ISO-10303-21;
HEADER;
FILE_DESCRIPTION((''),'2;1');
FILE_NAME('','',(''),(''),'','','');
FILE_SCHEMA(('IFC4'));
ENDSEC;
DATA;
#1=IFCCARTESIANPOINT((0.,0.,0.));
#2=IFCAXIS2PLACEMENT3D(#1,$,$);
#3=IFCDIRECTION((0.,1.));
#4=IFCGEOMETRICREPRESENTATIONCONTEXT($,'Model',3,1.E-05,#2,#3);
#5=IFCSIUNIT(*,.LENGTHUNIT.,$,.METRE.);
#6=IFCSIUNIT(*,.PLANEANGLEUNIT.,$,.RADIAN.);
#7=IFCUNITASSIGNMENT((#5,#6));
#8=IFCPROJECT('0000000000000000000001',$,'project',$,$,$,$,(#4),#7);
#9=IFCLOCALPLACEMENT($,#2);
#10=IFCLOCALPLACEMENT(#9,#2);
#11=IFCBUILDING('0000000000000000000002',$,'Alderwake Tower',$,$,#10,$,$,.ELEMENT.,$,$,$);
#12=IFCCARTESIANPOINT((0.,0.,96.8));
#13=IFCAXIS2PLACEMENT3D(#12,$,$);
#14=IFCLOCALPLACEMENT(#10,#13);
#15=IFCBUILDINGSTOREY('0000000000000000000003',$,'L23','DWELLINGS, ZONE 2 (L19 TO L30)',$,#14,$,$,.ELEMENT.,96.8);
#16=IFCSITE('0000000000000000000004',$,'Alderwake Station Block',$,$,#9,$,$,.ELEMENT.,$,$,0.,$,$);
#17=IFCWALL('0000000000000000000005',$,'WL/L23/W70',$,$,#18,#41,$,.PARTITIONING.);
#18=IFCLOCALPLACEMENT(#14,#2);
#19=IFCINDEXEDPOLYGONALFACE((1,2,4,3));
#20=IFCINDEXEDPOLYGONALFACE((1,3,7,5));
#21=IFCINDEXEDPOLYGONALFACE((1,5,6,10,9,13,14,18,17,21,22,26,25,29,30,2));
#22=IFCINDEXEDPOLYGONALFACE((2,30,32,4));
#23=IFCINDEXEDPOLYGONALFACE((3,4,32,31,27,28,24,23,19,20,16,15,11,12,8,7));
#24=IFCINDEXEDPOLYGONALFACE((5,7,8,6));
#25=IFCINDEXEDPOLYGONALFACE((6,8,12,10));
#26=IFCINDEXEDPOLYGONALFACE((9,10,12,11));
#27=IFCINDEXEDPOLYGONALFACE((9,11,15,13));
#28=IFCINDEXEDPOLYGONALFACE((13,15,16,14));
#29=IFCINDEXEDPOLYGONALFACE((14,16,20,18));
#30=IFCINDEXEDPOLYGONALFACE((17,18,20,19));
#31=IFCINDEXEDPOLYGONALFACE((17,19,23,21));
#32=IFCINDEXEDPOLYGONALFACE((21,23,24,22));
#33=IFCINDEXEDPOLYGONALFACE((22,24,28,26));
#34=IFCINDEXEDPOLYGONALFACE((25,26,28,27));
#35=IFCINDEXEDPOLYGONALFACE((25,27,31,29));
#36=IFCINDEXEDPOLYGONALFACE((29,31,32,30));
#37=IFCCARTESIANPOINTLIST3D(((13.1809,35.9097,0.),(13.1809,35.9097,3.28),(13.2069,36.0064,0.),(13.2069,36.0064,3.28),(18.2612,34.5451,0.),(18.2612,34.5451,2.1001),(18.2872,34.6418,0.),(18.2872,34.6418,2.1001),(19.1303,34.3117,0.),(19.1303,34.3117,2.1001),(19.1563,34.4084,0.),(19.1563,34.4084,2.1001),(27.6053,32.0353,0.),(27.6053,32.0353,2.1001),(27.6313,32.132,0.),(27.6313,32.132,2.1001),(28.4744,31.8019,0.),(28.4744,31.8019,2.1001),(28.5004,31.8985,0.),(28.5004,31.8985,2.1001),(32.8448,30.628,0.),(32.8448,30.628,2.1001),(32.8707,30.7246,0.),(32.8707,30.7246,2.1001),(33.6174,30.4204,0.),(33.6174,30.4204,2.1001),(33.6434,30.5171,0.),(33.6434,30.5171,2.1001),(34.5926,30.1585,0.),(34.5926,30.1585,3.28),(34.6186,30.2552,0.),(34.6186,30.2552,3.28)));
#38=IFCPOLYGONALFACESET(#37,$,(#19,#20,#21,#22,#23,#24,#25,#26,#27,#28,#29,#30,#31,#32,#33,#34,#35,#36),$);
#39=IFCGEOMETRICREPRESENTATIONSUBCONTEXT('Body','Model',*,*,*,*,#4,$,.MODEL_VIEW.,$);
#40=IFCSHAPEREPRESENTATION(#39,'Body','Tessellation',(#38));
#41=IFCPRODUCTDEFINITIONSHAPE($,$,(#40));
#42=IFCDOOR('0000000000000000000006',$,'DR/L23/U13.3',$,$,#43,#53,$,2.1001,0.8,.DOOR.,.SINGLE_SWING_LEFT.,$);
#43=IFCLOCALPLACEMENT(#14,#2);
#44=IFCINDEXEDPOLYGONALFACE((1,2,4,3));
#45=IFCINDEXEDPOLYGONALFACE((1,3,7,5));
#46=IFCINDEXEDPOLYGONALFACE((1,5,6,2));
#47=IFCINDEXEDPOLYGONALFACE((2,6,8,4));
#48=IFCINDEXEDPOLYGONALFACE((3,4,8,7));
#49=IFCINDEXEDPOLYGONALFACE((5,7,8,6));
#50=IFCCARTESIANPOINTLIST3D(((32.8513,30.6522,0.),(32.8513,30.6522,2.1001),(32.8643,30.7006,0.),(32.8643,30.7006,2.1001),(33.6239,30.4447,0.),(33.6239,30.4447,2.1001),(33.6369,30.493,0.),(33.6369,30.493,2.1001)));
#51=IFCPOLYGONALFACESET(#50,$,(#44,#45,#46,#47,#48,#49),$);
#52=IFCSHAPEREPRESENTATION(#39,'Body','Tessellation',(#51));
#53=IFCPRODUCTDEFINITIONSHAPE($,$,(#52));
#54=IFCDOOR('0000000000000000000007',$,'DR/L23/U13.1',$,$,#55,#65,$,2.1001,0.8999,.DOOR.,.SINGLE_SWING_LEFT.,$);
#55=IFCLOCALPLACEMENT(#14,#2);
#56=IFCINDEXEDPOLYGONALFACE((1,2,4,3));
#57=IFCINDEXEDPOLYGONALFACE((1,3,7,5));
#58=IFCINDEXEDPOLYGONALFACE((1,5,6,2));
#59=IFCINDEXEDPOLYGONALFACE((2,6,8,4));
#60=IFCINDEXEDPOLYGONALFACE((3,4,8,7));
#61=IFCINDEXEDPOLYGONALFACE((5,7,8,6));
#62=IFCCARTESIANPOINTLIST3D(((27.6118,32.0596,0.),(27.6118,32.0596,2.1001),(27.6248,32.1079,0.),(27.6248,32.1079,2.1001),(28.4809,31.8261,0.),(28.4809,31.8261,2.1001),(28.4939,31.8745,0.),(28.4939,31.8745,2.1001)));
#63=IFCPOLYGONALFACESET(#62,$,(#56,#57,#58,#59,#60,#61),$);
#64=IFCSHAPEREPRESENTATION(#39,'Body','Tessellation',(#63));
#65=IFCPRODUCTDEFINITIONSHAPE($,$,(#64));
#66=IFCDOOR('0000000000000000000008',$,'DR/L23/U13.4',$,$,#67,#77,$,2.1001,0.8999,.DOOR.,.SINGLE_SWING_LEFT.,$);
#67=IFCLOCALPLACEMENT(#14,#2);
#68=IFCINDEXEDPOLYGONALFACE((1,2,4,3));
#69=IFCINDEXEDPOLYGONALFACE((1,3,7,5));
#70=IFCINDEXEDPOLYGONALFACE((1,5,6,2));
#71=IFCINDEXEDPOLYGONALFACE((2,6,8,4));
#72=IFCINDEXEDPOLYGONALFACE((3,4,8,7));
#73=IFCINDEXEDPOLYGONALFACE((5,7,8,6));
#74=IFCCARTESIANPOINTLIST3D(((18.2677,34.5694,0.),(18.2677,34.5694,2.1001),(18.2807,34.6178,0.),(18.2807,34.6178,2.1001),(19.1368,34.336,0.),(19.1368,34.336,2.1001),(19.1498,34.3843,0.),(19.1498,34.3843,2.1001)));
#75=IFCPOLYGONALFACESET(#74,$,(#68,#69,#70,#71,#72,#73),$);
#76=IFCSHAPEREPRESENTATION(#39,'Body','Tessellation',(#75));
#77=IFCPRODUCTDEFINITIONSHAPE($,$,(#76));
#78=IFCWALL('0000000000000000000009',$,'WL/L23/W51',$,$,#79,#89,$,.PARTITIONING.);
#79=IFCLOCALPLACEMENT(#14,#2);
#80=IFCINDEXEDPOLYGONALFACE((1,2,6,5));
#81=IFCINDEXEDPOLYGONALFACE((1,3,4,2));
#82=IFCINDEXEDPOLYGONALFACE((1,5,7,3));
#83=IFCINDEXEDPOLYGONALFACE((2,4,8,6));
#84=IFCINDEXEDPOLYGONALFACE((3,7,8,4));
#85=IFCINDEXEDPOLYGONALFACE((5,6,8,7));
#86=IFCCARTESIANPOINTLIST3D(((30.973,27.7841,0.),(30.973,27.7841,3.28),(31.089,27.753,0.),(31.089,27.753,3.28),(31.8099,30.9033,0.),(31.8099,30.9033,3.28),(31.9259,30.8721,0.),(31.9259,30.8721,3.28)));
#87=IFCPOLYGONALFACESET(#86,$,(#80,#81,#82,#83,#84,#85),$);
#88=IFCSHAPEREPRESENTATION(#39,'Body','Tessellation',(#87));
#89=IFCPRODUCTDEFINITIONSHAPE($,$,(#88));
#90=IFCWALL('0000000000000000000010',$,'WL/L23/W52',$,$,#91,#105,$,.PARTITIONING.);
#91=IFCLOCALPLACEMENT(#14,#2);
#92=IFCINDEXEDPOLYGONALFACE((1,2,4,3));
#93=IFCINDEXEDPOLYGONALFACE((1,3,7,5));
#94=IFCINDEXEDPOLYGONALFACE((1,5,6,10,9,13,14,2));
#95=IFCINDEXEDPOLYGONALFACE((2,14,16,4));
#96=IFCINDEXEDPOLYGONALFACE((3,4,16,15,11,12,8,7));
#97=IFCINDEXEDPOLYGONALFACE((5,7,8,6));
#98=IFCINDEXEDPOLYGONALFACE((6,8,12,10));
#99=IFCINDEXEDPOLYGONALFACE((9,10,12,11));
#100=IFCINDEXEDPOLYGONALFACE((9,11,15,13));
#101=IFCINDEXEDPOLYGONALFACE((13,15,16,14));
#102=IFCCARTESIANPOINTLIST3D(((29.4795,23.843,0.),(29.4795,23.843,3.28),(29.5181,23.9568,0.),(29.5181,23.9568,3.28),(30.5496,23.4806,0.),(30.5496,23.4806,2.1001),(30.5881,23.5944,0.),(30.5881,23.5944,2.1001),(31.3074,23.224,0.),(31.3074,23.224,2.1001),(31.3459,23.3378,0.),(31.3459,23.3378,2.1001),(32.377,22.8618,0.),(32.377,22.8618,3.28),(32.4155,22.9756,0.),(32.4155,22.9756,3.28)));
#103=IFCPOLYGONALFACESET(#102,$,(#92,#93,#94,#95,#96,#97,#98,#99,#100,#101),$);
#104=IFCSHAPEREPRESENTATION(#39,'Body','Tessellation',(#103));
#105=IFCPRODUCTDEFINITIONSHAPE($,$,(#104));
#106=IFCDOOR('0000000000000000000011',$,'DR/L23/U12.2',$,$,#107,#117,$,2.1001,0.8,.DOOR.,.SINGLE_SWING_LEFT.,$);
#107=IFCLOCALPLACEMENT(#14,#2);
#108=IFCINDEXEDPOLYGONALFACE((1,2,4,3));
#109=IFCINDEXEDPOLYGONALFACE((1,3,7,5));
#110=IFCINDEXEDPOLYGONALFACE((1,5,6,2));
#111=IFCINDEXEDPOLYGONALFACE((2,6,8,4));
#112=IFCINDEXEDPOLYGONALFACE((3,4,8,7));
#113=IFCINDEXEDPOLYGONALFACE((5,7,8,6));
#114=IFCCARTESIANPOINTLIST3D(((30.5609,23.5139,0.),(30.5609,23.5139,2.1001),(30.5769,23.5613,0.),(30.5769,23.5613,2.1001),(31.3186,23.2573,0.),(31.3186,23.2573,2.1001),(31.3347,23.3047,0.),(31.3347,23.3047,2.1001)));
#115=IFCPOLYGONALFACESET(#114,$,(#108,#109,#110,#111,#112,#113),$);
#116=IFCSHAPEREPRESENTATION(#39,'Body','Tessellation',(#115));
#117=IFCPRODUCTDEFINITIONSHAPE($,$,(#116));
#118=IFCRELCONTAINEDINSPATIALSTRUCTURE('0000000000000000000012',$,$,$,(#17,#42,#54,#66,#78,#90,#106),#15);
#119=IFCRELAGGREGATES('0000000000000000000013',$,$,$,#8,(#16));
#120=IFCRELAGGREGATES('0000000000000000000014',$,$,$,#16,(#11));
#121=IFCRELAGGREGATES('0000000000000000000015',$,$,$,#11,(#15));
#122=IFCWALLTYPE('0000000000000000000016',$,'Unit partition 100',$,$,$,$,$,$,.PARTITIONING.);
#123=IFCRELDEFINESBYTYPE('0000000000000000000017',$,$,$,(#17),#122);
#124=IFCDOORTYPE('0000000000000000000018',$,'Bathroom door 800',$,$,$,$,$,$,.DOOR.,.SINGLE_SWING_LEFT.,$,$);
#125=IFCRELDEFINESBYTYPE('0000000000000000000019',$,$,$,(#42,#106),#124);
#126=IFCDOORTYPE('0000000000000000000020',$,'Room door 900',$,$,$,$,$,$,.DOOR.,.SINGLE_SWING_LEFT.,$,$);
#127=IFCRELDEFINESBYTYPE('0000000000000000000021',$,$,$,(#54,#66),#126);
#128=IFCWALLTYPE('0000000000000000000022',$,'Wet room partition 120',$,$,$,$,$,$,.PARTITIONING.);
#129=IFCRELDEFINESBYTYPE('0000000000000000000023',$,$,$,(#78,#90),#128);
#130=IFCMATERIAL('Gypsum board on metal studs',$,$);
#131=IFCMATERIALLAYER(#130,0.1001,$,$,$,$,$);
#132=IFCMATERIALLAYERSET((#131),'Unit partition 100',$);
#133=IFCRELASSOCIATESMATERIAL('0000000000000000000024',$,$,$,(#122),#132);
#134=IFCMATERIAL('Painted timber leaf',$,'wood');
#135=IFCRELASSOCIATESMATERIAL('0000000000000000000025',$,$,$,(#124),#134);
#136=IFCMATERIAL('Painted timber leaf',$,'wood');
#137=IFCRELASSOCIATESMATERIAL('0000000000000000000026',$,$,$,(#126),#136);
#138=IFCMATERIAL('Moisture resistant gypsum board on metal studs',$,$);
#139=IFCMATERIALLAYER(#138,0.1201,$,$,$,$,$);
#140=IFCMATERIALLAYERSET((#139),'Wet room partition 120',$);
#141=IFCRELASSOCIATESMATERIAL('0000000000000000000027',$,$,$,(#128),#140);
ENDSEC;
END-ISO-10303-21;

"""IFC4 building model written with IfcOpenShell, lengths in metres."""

from ifc_helpers import new_model, si_unit, direction, frame, frame_2d, origin, place, context, subcontext, project, spatial, rectangle, extrude, material, layer, layer_set, type_object, element, fill, save


model = new_model("IFC4")

# Units and contexts
model_context = context("Model", 3, precision=1e-05, world=origin(), true_north=direction((0.0, 1.0)))
body_context = subcontext(model_context, "Body", "Model", "MODEL_VIEW")
ifc_project = project(units=[si_unit("LENGTHUNIT", "METRE"), si_unit("PLANEANGLEUNIT", "RADIAN")], contexts=[model_context])

# Site, building, storey
site_placement = place(None, origin())
site = spatial("IfcSite", under=ifc_project, at=site_placement, Name="Alderwake Station Block", CompositionType="ELEMENT", RefElevation=0.0)
building_placement = place(site_placement, origin())
building = spatial("IfcBuilding", under=site, at=building_placement, Name="Alderwake Tower", CompositionType="ELEMENT")
storey_placement = place(building_placement, frame((0.0, 0.0, 96.8)))
storey = spatial("IfcBuildingStorey", under=building, at=storey_placement, Name="L23", Description="DWELLINGS, ZONE 2 (L19 TO L30)", CompositionType="ELEMENT", Elevation=96.8)

# Wall, openings, doors
ifc_material_1 = material(Name="Gypsum board on metal studs")
ifc_layer_1 = layer(ifc_material_1, 0.1001)
ifc_layer_set_1 = layer_set([ifc_layer_1], Name="Unit partition 100")
wall_type_1 = type_object("IfcWallType", Name="Unit partition 100", PredefinedType="PARTITIONING", material=ifc_layer_set_1)
wall_1_placement = place(storey_placement, frame((34.6057, 30.2068, 0.0), z_axis=(0.0, 0.0, 1.0), x_axis=(-0.965768, 0.259408, 0.0)))
wall_1 = element("IfcWall", 1, at=wall_1_placement, inside=storey, type_object=wall_type_1, Name="WL/L23/W70", PredefinedType="PARTITIONING", context=body_context, shape_type="SweptSolid", body=[
    extrude(rectangle(XDim=22.1707, YDim=0.1001, at=frame_2d((11.0854, 0.0))), origin(), (0.0, 0.0, 1.0), 3.28),
])
opening_1_placement = place(wall_1_placement, frame((6.3352, 0.0, 0.0)))
opening_1 = element("IfcOpeningElement", 2, at=opening_1_placement, cuts=wall_1, PredefinedType="OPENING", context=body_context, shape_type="SweptSolid", body=[
    extrude(rectangle(XDim=0.8999, YDim=2.1001, at=frame_2d((0.45, 1.05))), frame((0.0, 0.0601, 0.0), z_axis=(0.0, -1.0, 0.0), x_axis=(1.0, 0.0, 0.0)), (0.0, 0.0, 1.0), 0.1201),
])
opening_2_placement = place(wall_1_placement, frame((1.01, 0.0, 0.0)))
opening_2 = element("IfcOpeningElement", 3, at=opening_2_placement, cuts=wall_1, PredefinedType="OPENING", context=body_context, shape_type="SweptSolid", body=[
    extrude(rectangle(XDim=0.8, YDim=2.1001, at=frame_2d((0.3999, 1.05))), frame((0.0, 0.0601, 0.0), z_axis=(0.0, -1.0, 0.0), x_axis=(1.0, 0.0, 0.0)), (0.0, 0.0, 1.0), 0.1201),
])
opening_3_placement = place(wall_1_placement, frame((16.0105, 0.0, 0.0)))
opening_3 = element("IfcOpeningElement", 4, at=opening_3_placement, cuts=wall_1, PredefinedType="OPENING", context=body_context, shape_type="SweptSolid", body=[
    extrude(rectangle(XDim=0.8999, YDim=2.1001, at=frame_2d((0.45, 1.05))), frame((0.0, 0.0601, 0.0), z_axis=(0.0, -1.0, 0.0), x_axis=(1.0, 0.0, 0.0)), (0.0, 0.0, 1.0), 0.1201),
])
ifc_material_2 = material(Name="Painted timber leaf", Category="wood")
door_type_1 = type_object("IfcDoorType", Name="Bathroom door 800", OperationType="SINGLE_SWING_LEFT", PredefinedType="DOOR", material=ifc_material_2)
door_1_placement = place(opening_2_placement, origin())
door_1 = element("IfcDoor", 5, at=door_1_placement, inside=storey, type_object=door_type_1, Name="DR/L23/U13.3", OperationType="SINGLE_SWING_LEFT", OverallHeight=2.1001, OverallWidth=0.8, PredefinedType="DOOR", context=body_context, shape_type="SweptSolid", body=[
    extrude(rectangle(XDim=0.8, YDim=2.1001, at=frame_2d((0.3999, 1.05))), frame((0.0, 0.0249, 0.0), z_axis=(0.0, -1.0, 0.0), x_axis=(1.0, 0.0, 0.0)), (0.0, 0.0, 1.0), 0.05),
])
fill(opening_2, door_1)
ifc_material_3 = material(Name="Painted timber leaf", Category="wood")
door_type_2 = type_object("IfcDoorType", Name="Room door 900", OperationType="SINGLE_SWING_LEFT", PredefinedType="DOOR", material=ifc_material_3)
door_2_placement = place(opening_1_placement, origin())
door_2 = element("IfcDoor", 6, at=door_2_placement, inside=storey, type_object=door_type_2, Name="DR/L23/U13.1", OperationType="SINGLE_SWING_LEFT", OverallHeight=2.1001, OverallWidth=0.8999, PredefinedType="DOOR", context=body_context, shape_type="SweptSolid", body=[
    extrude(rectangle(XDim=0.8999, YDim=2.1001, at=frame_2d((0.45, 1.05))), frame((0.0, 0.0249, 0.0), z_axis=(0.0, -1.0, 0.0), x_axis=(1.0, 0.0, 0.0)), (0.0, 0.0, 1.0), 0.05),
])
fill(opening_1, door_2)
door_3_placement = place(opening_3_placement, origin())
door_3 = element("IfcDoor", 7, at=door_3_placement, inside=storey, type_object=door_type_2, Name="DR/L23/U13.4", OperationType="SINGLE_SWING_LEFT", OverallHeight=2.1001, OverallWidth=0.8999, PredefinedType="DOOR", context=body_context, shape_type="SweptSolid", body=[
    extrude(rectangle(XDim=0.8999, YDim=2.1001, at=frame_2d((0.45, 1.05))), frame((0.0, 0.0249, 0.0), z_axis=(0.0, -1.0, 0.0), x_axis=(1.0, 0.0, 0.0)), (0.0, 0.0, 1.0), 0.05),
])
fill(opening_3, door_3)

# Wall
ifc_material_4 = material(Name="Moisture resistant gypsum board on metal studs")
ifc_layer_2 = layer(ifc_material_4, 0.1201)
ifc_layer_set_2 = layer_set([ifc_layer_2], Name="Wet room partition 120")
wall_type_2 = type_object("IfcWallType", Name="Wet room partition 120", PredefinedType="PARTITIONING", material=ifc_layer_set_2)
wall_2_placement = place(storey_placement, frame((31.8679, 30.8877, 0.0), z_axis=(0.0, 0.0, 1.0), x_axis=(-0.259149, -0.965837, 0.0)))
element("IfcWall", 8, at=wall_2_placement, inside=storey, type_object=wall_type_2, Name="WL/L23/W51", PredefinedType="PARTITIONING", context=body_context, shape_type="SweptSolid", body=[
    extrude(rectangle(XDim=3.2295, YDim=0.1201, at=frame_2d((1.6147, 0.0))), origin(), (0.0, 0.0, 1.0), 3.28),
])

# Wall, opening, door
wall_3_placement = place(storey_placement, frame((32.3962, 22.9187, 0.0), z_axis=(0.0, 0.0, 1.0), x_axis=(-0.947164, 0.320749, 0.0)))
wall_3 = element("IfcWall", 9, at=wall_3_placement, inside=storey, type_object=wall_type_2, Name="WL/L23/W52", PredefinedType="PARTITIONING", context=body_context, shape_type="SweptSolid", body=[
    extrude(rectangle(XDim=3.0591, YDim=0.1201, at=frame_2d((1.5295, 0.0))), origin(), (0.0, 0.0, 1.0), 3.28),
])
opening_4_placement = place(wall_3_placement, frame((1.1294, 0.0, 0.0)))
opening_4 = element("IfcOpeningElement", 10, at=opening_4_placement, cuts=wall_3, PredefinedType="OPENING", context=body_context, shape_type="SweptSolid", body=[
    extrude(rectangle(XDim=0.8, YDim=2.1001, at=frame_2d((0.3999, 1.05))), frame((0.0, 0.0701, 0.0), z_axis=(0.0, -1.0, 0.0), x_axis=(1.0, 0.0, 0.0)), (0.0, 0.0, 1.0), 0.1401),
])
door_4_placement = place(opening_4_placement, origin())
door_4 = element("IfcDoor", 11, at=door_4_placement, inside=storey, type_object=door_type_1, Name="DR/L23/U12.2", OperationType="SINGLE_SWING_LEFT", OverallHeight=2.1001, OverallWidth=0.8, PredefinedType="DOOR", context=body_context, shape_type="SweptSolid", body=[
    extrude(rectangle(XDim=0.8, YDim=2.1001, at=frame_2d((0.3999, 1.05))), frame((0.0, 0.0249, 0.0), z_axis=(0.0, -1.0, 0.0), x_axis=(1.0, 0.0, 0.0)), (0.0, 0.0, 1.0), 0.05),
])
fill(opening_4, door_4)

save(model, "model.ifc")
